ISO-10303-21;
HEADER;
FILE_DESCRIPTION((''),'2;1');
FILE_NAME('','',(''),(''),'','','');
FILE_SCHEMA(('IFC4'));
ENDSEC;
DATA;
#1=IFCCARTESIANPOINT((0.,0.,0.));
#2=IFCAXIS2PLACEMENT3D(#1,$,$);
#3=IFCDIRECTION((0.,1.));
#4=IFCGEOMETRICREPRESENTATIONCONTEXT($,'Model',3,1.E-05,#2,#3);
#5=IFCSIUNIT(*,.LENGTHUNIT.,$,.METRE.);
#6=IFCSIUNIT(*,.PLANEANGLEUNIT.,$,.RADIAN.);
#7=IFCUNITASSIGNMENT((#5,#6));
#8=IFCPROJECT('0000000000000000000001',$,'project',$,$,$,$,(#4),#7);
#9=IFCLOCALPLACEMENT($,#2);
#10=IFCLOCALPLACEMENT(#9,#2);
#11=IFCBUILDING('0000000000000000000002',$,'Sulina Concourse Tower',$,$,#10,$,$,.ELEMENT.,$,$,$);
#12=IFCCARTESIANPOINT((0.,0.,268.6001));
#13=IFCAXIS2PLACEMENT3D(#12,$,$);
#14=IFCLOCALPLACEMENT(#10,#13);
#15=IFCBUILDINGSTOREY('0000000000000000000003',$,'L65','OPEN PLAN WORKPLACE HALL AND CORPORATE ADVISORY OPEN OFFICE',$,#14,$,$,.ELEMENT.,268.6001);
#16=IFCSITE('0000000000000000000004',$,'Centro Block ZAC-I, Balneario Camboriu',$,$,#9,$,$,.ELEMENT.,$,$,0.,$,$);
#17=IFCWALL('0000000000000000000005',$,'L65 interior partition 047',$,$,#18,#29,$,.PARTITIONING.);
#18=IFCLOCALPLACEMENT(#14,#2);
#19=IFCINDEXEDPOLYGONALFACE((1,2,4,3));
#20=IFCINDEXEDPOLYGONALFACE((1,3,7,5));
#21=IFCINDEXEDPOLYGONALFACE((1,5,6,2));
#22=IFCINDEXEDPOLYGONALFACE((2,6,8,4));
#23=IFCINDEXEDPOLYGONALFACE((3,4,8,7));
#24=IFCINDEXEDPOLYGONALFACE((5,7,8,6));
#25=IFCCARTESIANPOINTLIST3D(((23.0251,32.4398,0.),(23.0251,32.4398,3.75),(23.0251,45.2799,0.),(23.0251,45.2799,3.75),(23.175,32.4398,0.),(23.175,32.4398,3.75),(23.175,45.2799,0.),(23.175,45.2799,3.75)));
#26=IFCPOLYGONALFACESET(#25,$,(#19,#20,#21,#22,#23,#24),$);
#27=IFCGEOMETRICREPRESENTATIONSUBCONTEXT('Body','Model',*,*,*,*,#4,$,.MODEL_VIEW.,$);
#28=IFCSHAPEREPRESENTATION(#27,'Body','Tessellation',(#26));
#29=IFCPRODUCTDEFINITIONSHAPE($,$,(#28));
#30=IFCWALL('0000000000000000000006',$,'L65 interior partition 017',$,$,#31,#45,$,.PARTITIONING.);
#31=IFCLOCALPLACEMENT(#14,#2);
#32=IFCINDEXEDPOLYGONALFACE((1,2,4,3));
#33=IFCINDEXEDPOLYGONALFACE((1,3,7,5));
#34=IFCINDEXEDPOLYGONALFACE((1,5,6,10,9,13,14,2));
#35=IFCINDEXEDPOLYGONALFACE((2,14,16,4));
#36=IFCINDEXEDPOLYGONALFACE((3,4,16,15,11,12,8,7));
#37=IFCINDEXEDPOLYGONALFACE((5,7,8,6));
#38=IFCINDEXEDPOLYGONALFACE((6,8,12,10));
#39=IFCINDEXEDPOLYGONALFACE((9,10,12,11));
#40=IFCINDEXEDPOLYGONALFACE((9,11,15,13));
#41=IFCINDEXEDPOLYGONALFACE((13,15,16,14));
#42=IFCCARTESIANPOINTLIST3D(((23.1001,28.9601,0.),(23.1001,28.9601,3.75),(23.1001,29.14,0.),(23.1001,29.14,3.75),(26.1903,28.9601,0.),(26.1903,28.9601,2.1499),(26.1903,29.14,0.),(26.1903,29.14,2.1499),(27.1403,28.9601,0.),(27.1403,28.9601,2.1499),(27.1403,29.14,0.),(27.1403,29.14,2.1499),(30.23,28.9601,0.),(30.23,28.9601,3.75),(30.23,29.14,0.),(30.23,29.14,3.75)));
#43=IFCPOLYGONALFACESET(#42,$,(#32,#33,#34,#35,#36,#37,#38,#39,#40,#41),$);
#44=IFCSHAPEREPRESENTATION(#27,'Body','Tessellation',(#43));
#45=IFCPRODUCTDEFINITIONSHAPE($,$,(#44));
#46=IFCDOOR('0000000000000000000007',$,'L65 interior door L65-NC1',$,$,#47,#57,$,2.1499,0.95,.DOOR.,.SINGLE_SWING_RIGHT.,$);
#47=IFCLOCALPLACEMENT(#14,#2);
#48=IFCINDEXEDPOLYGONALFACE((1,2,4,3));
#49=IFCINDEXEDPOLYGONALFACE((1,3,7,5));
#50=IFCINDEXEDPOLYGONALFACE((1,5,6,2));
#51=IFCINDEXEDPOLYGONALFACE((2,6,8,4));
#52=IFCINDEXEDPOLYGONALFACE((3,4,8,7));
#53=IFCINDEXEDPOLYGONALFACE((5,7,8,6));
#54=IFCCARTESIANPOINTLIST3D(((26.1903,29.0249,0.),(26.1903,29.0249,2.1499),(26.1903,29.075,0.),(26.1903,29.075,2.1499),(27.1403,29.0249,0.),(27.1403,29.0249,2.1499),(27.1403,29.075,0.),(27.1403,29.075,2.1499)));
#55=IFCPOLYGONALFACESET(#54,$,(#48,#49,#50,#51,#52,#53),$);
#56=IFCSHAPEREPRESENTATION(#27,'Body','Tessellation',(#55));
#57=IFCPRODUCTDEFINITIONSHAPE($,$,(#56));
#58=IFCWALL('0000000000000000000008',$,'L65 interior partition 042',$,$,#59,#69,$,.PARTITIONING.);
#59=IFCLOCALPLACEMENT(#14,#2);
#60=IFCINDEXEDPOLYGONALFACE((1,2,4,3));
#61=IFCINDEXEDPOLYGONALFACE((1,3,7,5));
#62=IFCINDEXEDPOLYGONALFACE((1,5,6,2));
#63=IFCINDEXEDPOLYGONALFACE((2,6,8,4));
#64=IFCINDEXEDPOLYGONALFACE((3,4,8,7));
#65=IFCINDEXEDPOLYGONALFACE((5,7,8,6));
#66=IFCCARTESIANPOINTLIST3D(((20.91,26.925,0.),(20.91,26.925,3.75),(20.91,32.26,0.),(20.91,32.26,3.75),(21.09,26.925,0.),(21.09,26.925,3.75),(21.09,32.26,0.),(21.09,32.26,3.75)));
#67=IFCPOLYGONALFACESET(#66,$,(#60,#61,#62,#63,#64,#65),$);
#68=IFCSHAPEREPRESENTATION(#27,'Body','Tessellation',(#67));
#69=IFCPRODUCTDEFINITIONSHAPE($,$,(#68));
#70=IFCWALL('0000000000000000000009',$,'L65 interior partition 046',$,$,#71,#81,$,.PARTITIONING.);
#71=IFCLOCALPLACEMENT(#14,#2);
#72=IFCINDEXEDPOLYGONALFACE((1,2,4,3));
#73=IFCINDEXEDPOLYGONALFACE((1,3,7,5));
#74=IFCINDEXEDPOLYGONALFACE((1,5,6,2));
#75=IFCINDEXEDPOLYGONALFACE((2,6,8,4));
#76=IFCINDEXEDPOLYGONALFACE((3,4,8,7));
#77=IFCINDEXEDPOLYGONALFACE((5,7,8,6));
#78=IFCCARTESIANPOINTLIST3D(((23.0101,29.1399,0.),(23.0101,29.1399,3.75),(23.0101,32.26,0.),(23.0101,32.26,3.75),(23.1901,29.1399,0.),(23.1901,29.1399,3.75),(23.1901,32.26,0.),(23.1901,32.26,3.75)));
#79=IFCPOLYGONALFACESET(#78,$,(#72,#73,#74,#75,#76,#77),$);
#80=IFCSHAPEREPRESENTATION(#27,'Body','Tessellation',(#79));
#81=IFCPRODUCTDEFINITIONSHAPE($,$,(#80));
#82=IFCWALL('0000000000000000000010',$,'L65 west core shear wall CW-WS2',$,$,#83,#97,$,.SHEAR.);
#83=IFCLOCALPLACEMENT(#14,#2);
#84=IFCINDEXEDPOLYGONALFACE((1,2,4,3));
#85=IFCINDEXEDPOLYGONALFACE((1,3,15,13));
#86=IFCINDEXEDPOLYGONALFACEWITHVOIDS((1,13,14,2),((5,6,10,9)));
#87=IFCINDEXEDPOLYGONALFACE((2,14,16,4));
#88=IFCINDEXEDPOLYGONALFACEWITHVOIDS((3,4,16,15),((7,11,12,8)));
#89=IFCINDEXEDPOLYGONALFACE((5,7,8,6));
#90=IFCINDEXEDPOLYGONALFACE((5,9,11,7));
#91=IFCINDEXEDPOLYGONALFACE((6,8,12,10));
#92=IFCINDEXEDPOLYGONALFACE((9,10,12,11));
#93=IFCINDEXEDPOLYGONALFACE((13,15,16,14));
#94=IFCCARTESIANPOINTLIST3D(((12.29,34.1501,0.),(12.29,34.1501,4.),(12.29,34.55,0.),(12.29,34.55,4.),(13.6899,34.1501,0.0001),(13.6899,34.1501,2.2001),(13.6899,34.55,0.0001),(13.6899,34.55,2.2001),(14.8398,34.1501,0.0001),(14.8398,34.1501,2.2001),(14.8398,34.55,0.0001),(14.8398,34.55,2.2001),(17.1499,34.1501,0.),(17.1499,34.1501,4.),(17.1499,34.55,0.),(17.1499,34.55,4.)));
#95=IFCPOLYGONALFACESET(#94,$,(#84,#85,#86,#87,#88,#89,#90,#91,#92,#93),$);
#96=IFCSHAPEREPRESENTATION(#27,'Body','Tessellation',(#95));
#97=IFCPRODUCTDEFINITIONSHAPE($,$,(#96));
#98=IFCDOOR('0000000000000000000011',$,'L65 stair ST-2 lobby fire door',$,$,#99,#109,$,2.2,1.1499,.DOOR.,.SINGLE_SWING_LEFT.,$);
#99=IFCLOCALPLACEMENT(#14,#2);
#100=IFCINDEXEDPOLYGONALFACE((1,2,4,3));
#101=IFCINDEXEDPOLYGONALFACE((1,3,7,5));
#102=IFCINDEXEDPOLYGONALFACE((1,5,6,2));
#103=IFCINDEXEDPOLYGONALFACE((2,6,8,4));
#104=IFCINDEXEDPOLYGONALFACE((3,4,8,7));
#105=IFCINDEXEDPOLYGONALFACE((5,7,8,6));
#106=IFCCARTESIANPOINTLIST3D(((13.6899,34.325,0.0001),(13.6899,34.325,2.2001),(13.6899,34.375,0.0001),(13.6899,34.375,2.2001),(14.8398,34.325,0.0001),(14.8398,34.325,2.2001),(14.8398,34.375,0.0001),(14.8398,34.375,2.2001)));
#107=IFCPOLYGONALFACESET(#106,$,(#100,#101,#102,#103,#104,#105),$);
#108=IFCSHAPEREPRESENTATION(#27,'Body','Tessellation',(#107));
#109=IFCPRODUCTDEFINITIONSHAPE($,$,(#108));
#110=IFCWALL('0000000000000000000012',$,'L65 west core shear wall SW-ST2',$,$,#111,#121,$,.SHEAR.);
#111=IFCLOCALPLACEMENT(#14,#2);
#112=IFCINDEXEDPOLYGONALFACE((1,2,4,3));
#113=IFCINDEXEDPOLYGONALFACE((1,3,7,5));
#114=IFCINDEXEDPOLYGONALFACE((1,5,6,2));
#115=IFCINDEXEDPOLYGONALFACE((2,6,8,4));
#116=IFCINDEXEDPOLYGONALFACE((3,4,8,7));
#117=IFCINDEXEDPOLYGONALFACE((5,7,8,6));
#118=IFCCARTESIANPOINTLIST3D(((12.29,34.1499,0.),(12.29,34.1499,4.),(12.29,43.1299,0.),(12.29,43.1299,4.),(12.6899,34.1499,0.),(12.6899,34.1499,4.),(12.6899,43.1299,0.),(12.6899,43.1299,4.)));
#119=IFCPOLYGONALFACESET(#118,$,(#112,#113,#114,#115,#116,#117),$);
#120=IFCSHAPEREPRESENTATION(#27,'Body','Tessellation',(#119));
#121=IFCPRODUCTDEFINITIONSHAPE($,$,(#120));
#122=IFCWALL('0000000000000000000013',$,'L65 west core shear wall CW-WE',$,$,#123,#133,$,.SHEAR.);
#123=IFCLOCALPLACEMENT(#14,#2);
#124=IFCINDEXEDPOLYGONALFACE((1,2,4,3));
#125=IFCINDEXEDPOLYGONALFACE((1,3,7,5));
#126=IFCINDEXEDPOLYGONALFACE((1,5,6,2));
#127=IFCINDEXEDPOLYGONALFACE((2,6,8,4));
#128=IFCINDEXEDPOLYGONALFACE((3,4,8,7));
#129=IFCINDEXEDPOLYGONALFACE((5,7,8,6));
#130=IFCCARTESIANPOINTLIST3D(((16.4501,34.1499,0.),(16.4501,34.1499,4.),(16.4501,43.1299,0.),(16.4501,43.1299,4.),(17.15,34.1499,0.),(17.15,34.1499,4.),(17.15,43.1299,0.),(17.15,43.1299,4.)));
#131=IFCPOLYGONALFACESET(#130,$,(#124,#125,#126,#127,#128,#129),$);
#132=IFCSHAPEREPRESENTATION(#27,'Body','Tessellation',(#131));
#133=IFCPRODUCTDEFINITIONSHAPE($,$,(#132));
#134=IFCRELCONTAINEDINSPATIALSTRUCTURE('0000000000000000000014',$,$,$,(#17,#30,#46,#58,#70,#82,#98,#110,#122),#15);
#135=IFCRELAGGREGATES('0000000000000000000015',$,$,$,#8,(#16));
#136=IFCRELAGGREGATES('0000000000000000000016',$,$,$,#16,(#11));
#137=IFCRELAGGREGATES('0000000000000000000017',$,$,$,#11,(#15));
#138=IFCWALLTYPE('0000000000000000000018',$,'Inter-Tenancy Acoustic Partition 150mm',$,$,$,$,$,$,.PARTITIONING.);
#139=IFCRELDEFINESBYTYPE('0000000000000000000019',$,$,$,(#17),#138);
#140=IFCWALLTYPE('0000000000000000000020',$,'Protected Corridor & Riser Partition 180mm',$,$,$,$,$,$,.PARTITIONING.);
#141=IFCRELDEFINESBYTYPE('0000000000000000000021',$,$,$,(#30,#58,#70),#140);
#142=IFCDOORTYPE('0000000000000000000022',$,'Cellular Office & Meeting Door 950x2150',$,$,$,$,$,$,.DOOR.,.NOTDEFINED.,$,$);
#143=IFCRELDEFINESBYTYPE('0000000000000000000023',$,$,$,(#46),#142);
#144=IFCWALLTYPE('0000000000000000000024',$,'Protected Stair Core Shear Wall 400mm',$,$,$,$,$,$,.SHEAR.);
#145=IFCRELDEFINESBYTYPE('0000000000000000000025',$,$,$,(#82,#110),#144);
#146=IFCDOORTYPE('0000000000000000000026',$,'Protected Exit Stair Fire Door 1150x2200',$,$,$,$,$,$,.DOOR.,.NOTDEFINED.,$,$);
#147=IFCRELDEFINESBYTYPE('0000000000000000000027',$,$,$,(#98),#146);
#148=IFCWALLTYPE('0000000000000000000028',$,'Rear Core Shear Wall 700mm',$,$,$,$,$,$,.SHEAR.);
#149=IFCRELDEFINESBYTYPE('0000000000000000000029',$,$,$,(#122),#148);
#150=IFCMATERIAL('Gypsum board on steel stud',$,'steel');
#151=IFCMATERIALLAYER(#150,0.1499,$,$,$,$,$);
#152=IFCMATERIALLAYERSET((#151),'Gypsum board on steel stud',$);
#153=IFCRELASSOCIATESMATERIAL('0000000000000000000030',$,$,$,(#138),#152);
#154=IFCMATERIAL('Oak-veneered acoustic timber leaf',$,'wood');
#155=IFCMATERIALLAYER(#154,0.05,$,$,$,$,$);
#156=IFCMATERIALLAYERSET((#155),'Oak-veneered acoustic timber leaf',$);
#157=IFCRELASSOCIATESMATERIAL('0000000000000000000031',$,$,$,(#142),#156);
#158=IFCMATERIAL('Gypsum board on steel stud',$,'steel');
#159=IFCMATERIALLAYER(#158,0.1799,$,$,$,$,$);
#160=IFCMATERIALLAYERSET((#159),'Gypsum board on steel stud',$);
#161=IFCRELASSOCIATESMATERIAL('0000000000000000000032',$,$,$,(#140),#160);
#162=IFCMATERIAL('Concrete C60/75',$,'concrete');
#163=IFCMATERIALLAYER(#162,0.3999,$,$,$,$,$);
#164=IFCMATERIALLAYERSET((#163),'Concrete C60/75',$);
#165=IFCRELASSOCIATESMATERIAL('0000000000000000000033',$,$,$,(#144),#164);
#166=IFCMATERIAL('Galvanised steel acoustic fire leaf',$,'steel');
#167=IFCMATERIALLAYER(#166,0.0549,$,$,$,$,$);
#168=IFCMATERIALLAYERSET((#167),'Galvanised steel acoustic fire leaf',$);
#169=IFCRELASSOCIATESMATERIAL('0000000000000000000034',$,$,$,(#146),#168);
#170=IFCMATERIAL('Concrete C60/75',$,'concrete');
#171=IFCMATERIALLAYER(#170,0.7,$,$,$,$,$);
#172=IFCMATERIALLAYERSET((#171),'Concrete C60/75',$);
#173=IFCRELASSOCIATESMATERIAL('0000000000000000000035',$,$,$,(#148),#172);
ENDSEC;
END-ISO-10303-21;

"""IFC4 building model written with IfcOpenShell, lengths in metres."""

from ifc_helpers import new_model, si_unit, direction, frame, frame_2d, origin, place, context, subcontext, project, spatial, rectangle, extrude, material, layer, layer_set, type_object, element, fill, save


model = new_model("IFC4")

# Units and contexts
model_context = context("Model", 3, precision=1e-05, world=origin(), true_north=direction((0.0, 1.0)))
body_context = subcontext(model_context, "Body", "Model", "MODEL_VIEW")
ifc_project = project(units=[si_unit("LENGTHUNIT", "METRE"), si_unit("PLANEANGLEUNIT", "RADIAN")], contexts=[model_context])

# Site, building, storey
site_placement = place(None, origin())
site = spatial("IfcSite", under=ifc_project, at=site_placement, Name="Centro Block ZAC-I, Balneario Camboriu", CompositionType="ELEMENT", RefElevation=0.0)
building_placement = place(site_placement, origin())
building = spatial("IfcBuilding", under=site, at=building_placement, Name="Sulina Concourse Tower", CompositionType="ELEMENT")
storey_placement = place(building_placement, frame((0.0, 0.0, 268.6001)))
storey = spatial("IfcBuildingStorey", under=building, at=storey_placement, Name="L65", Description="OPEN PLAN WORKPLACE HALL AND CORPORATE ADVISORY OPEN OFFICE", CompositionType="ELEMENT", Elevation=268.6001)

# Shared definitions
ifc_material_1 = material(Name="Gypsum board on steel stud", Category="steel")
ifc_layer_1 = layer(ifc_material_1, 0.1499)
ifc_layer_set_1 = layer_set([ifc_layer_1], Name="Gypsum board on steel stud")
wall_type_1 = type_object("IfcWallType", Name="Inter-Tenancy Acoustic Partition 150mm", PredefinedType="PARTITIONING", material=ifc_layer_set_1)

# Shared definitions
ifc_material_2 = material(Name="Oak-veneered acoustic timber leaf", Category="wood")
ifc_layer_2 = layer(ifc_material_2, 0.05)
ifc_layer_set_2 = layer_set([ifc_layer_2], Name="Oak-veneered acoustic timber leaf")
door_type_1 = type_object("IfcDoorType", Name="Cellular Office & Meeting Door 950x2150", OperationType="NOTDEFINED", PredefinedType="DOOR", material=ifc_layer_set_2)

# Wall
wall_1_placement = place(storey_placement, frame((23.1001, 32.4399, 0.0), z_axis=(0.0, 0.0, 1.0), x_axis=(0.0, 1.0, 0.0)))
element("IfcWall", 1, at=wall_1_placement, inside=storey, type_object=wall_type_1, Name="L65 interior partition 047", PredefinedType="PARTITIONING", context=body_context, shape_type="SweptSolid", body=[
    extrude(rectangle(XDim=12.8401, YDim=0.1499, at=frame_2d((6.4199, 0.0))), origin(), (0.0, 0.0, 1.0), 3.75),
])

# Wall, opening, door
ifc_material_3 = material(Name="Gypsum board on steel stud", Category="steel")
ifc_layer_3 = layer(ifc_material_3, 0.1799)
ifc_layer_set_3 = layer_set([ifc_layer_3], Name="Gypsum board on steel stud")
wall_type_2 = type_object("IfcWallType", Name="Protected Corridor & Riser Partition 180mm", PredefinedType="PARTITIONING", material=ifc_layer_set_3)
wall_2_placement = place(storey_placement, frame((23.1001, 29.05, 0.0), z_axis=(0.0, 0.0, 1.0), x_axis=(1.0, 0.0, 0.0)))
wall_2 = element("IfcWall", 2, at=wall_2_placement, inside=storey, type_object=wall_type_2, Name="L65 interior partition 017", PredefinedType="PARTITIONING", context=body_context, shape_type="SweptSolid", body=[
    extrude(rectangle(XDim=7.1299, YDim=0.1799, at=frame_2d((3.5649, 0.0))), origin(), (0.0, 0.0, 1.0), 3.75),
])
opening_1_placement = place(wall_2_placement, frame((3.0901, 0.0, 0.0)))
opening_1 = element("IfcOpeningElement", 3, at=opening_1_placement, cuts=wall_2, PredefinedType="OPENING", context=body_context, shape_type="SweptSolid", body=[
    extrude(rectangle(XDim=0.95, YDim=2.1499, at=frame_2d((0.4751, 1.075))), frame((0.0, 0.0999, 0.0), z_axis=(0.0, -1.0, 0.0), x_axis=(1.0, 0.0, 0.0)), (0.0, 0.0, 1.0), 0.2),
])
door_1_placement = place(opening_1_placement, origin())
door_1 = element("IfcDoor", 4, at=door_1_placement, inside=storey, type_object=door_type_1, Name="L65 interior door L65-NC1", OperationType="SINGLE_SWING_RIGHT", OverallHeight=2.1499, OverallWidth=0.95, PredefinedType="DOOR", context=body_context, shape_type="SweptSolid", body=[
    extrude(rectangle(XDim=0.95, YDim=2.1499, at=frame_2d((0.4751, 1.075))), frame((0.0, 0.0249, 0.0), z_axis=(0.0, -1.0, 0.0), x_axis=(1.0, 0.0, 0.0)), (0.0, 0.0, 1.0), 0.05),
])
fill(opening_1, door_1)

# Walls
wall_3_placement = place(storey_placement, frame((21.0, 26.925, 0.0), z_axis=(0.0, 0.0, 1.0), x_axis=(0.0, 1.0, 0.0)))
element("IfcWall", 5, at=wall_3_placement, inside=storey, type_object=wall_type_2, Name="L65 interior partition 042", PredefinedType="PARTITIONING", context=body_context, shape_type="SweptSolid", body=[
    extrude(rectangle(XDim=5.335, YDim=0.1799, at=frame_2d((2.6675, 0.0))), origin(), (0.0, 0.0, 1.0), 3.75),
])
wall_4_placement = place(storey_placement, frame((23.1001, 29.1399, 0.0), z_axis=(0.0, 0.0, 1.0), x_axis=(0.0, 1.0, 0.0)))
element("IfcWall", 6, at=wall_4_placement, inside=storey, type_object=wall_type_2, Name="L65 interior partition 046", PredefinedType="PARTITIONING", context=body_context, shape_type="SweptSolid", body=[
    extrude(rectangle(XDim=3.1201, YDim=0.1799, at=frame_2d((1.5601, 0.0))), origin(), (0.0, 0.0, 1.0), 3.75),
])

# Wall, opening, door
ifc_material_4 = material(Name="Concrete C60/75", Category="concrete")
ifc_layer_4 = layer(ifc_material_4, 0.3999)
ifc_layer_set_4 = layer_set([ifc_layer_4], Name="Concrete C60/75")
wall_type_3 = type_object("IfcWallType", Name="Protected Stair Core Shear Wall 400mm", PredefinedType="SHEAR", material=ifc_layer_set_4)
wall_5_placement = place(storey_placement, frame((12.29, 34.3501, 0.0), z_axis=(0.0, 0.0, 1.0), x_axis=(1.0, 0.0, 0.0)))
wall_5 = element("IfcWall", 7, at=wall_5_placement, inside=storey, type_object=wall_type_3, Name="L65 west core shear wall CW-WS2", PredefinedType="SHEAR", context=body_context, shape_type="SweptSolid", body=[
    extrude(rectangle(XDim=4.8599, YDim=0.3999, at=frame_2d((2.4299, 0.0))), origin(), (0.0, 0.0, 1.0), 4.0),
])
opening_2_placement = place(wall_5_placement, frame((1.3999, 0.0, 0.0)))
opening_2 = element("IfcOpeningElement", 8, at=opening_2_placement, cuts=wall_5, PredefinedType="OPENING", context=body_context, shape_type="SweptSolid", body=[
    extrude(rectangle(XDim=1.1499, YDim=2.2, at=frame_2d((0.575, 1.1001))), frame((0.0, 0.21, 0.0), z_axis=(0.0, -1.0, 0.0), x_axis=(1.0, 0.0, 0.0)), (0.0, 0.0, 1.0), 0.4199),
])
ifc_material_5 = material(Name="Galvanised steel acoustic fire leaf", Category="steel")
ifc_layer_5 = layer(ifc_material_5, 0.0549)
ifc_layer_set_5 = layer_set([ifc_layer_5], Name="Galvanised steel acoustic fire leaf")
door_type_2 = type_object("IfcDoorType", Name="Protected Exit Stair Fire Door 1150x2200", OperationType="NOTDEFINED", PredefinedType="DOOR", material=ifc_layer_set_5)
door_2_placement = place(opening_2_placement, origin())
door_2 = element("IfcDoor", 9, at=door_2_placement, inside=storey, type_object=door_type_2, Name="L65 stair ST-2 lobby fire door", OperationType="SINGLE_SWING_LEFT", OverallHeight=2.2, OverallWidth=1.1499, PredefinedType="DOOR", context=body_context, shape_type="SweptSolid", body=[
    extrude(rectangle(XDim=1.1499, YDim=2.2, at=frame_2d((0.575, 1.1001))), frame((0.0, 0.0249, 0.0), z_axis=(0.0, -1.0, 0.0), x_axis=(1.0, 0.0, 0.0)), (0.0, 0.0, 1.0), 0.05),
])
fill(opening_2, door_2)

# Walls
wall_6_placement = place(storey_placement, frame((12.49, 34.1499, 0.0), z_axis=(0.0, 0.0, 1.0), x_axis=(0.0, 1.0, 0.0)))
element("IfcWall", 10, at=wall_6_placement, inside=storey, type_object=wall_type_3, Name="L65 west core shear wall SW-ST2", PredefinedType="SHEAR", context=body_context, shape_type="SweptSolid", body=[
    extrude(rectangle(XDim=8.98, YDim=0.3999, at=frame_2d((4.49, 0.0))), origin(), (0.0, 0.0, 1.0), 4.0),
])
ifc_material_6 = material(Name="Concrete C60/75", Category="concrete")
ifc_layer_6 = layer(ifc_material_6, 0.7)
ifc_layer_set_6 = layer_set([ifc_layer_6], Name="Concrete C60/75")
wall_type_4 = type_object("IfcWallType", Name="Rear Core Shear Wall 700mm", PredefinedType="SHEAR", material=ifc_layer_set_6)
wall_7_placement = place(storey_placement, frame((16.8, 34.1499, 0.0), z_axis=(0.0, 0.0, 1.0), x_axis=(0.0, 1.0, 0.0)))
element("IfcWall", 11, at=wall_7_placement, inside=storey, type_object=wall_type_4, Name="L65 west core shear wall CW-WE", PredefinedType="SHEAR", context=body_context, shape_type="SweptSolid", body=[
    extrude(rectangle(XDim=8.98, YDim=0.7, at=frame_2d((4.49, 0.0))), origin(), (0.0, 0.0, 1.0), 4.0),
])

save(model, "model.ifc")
